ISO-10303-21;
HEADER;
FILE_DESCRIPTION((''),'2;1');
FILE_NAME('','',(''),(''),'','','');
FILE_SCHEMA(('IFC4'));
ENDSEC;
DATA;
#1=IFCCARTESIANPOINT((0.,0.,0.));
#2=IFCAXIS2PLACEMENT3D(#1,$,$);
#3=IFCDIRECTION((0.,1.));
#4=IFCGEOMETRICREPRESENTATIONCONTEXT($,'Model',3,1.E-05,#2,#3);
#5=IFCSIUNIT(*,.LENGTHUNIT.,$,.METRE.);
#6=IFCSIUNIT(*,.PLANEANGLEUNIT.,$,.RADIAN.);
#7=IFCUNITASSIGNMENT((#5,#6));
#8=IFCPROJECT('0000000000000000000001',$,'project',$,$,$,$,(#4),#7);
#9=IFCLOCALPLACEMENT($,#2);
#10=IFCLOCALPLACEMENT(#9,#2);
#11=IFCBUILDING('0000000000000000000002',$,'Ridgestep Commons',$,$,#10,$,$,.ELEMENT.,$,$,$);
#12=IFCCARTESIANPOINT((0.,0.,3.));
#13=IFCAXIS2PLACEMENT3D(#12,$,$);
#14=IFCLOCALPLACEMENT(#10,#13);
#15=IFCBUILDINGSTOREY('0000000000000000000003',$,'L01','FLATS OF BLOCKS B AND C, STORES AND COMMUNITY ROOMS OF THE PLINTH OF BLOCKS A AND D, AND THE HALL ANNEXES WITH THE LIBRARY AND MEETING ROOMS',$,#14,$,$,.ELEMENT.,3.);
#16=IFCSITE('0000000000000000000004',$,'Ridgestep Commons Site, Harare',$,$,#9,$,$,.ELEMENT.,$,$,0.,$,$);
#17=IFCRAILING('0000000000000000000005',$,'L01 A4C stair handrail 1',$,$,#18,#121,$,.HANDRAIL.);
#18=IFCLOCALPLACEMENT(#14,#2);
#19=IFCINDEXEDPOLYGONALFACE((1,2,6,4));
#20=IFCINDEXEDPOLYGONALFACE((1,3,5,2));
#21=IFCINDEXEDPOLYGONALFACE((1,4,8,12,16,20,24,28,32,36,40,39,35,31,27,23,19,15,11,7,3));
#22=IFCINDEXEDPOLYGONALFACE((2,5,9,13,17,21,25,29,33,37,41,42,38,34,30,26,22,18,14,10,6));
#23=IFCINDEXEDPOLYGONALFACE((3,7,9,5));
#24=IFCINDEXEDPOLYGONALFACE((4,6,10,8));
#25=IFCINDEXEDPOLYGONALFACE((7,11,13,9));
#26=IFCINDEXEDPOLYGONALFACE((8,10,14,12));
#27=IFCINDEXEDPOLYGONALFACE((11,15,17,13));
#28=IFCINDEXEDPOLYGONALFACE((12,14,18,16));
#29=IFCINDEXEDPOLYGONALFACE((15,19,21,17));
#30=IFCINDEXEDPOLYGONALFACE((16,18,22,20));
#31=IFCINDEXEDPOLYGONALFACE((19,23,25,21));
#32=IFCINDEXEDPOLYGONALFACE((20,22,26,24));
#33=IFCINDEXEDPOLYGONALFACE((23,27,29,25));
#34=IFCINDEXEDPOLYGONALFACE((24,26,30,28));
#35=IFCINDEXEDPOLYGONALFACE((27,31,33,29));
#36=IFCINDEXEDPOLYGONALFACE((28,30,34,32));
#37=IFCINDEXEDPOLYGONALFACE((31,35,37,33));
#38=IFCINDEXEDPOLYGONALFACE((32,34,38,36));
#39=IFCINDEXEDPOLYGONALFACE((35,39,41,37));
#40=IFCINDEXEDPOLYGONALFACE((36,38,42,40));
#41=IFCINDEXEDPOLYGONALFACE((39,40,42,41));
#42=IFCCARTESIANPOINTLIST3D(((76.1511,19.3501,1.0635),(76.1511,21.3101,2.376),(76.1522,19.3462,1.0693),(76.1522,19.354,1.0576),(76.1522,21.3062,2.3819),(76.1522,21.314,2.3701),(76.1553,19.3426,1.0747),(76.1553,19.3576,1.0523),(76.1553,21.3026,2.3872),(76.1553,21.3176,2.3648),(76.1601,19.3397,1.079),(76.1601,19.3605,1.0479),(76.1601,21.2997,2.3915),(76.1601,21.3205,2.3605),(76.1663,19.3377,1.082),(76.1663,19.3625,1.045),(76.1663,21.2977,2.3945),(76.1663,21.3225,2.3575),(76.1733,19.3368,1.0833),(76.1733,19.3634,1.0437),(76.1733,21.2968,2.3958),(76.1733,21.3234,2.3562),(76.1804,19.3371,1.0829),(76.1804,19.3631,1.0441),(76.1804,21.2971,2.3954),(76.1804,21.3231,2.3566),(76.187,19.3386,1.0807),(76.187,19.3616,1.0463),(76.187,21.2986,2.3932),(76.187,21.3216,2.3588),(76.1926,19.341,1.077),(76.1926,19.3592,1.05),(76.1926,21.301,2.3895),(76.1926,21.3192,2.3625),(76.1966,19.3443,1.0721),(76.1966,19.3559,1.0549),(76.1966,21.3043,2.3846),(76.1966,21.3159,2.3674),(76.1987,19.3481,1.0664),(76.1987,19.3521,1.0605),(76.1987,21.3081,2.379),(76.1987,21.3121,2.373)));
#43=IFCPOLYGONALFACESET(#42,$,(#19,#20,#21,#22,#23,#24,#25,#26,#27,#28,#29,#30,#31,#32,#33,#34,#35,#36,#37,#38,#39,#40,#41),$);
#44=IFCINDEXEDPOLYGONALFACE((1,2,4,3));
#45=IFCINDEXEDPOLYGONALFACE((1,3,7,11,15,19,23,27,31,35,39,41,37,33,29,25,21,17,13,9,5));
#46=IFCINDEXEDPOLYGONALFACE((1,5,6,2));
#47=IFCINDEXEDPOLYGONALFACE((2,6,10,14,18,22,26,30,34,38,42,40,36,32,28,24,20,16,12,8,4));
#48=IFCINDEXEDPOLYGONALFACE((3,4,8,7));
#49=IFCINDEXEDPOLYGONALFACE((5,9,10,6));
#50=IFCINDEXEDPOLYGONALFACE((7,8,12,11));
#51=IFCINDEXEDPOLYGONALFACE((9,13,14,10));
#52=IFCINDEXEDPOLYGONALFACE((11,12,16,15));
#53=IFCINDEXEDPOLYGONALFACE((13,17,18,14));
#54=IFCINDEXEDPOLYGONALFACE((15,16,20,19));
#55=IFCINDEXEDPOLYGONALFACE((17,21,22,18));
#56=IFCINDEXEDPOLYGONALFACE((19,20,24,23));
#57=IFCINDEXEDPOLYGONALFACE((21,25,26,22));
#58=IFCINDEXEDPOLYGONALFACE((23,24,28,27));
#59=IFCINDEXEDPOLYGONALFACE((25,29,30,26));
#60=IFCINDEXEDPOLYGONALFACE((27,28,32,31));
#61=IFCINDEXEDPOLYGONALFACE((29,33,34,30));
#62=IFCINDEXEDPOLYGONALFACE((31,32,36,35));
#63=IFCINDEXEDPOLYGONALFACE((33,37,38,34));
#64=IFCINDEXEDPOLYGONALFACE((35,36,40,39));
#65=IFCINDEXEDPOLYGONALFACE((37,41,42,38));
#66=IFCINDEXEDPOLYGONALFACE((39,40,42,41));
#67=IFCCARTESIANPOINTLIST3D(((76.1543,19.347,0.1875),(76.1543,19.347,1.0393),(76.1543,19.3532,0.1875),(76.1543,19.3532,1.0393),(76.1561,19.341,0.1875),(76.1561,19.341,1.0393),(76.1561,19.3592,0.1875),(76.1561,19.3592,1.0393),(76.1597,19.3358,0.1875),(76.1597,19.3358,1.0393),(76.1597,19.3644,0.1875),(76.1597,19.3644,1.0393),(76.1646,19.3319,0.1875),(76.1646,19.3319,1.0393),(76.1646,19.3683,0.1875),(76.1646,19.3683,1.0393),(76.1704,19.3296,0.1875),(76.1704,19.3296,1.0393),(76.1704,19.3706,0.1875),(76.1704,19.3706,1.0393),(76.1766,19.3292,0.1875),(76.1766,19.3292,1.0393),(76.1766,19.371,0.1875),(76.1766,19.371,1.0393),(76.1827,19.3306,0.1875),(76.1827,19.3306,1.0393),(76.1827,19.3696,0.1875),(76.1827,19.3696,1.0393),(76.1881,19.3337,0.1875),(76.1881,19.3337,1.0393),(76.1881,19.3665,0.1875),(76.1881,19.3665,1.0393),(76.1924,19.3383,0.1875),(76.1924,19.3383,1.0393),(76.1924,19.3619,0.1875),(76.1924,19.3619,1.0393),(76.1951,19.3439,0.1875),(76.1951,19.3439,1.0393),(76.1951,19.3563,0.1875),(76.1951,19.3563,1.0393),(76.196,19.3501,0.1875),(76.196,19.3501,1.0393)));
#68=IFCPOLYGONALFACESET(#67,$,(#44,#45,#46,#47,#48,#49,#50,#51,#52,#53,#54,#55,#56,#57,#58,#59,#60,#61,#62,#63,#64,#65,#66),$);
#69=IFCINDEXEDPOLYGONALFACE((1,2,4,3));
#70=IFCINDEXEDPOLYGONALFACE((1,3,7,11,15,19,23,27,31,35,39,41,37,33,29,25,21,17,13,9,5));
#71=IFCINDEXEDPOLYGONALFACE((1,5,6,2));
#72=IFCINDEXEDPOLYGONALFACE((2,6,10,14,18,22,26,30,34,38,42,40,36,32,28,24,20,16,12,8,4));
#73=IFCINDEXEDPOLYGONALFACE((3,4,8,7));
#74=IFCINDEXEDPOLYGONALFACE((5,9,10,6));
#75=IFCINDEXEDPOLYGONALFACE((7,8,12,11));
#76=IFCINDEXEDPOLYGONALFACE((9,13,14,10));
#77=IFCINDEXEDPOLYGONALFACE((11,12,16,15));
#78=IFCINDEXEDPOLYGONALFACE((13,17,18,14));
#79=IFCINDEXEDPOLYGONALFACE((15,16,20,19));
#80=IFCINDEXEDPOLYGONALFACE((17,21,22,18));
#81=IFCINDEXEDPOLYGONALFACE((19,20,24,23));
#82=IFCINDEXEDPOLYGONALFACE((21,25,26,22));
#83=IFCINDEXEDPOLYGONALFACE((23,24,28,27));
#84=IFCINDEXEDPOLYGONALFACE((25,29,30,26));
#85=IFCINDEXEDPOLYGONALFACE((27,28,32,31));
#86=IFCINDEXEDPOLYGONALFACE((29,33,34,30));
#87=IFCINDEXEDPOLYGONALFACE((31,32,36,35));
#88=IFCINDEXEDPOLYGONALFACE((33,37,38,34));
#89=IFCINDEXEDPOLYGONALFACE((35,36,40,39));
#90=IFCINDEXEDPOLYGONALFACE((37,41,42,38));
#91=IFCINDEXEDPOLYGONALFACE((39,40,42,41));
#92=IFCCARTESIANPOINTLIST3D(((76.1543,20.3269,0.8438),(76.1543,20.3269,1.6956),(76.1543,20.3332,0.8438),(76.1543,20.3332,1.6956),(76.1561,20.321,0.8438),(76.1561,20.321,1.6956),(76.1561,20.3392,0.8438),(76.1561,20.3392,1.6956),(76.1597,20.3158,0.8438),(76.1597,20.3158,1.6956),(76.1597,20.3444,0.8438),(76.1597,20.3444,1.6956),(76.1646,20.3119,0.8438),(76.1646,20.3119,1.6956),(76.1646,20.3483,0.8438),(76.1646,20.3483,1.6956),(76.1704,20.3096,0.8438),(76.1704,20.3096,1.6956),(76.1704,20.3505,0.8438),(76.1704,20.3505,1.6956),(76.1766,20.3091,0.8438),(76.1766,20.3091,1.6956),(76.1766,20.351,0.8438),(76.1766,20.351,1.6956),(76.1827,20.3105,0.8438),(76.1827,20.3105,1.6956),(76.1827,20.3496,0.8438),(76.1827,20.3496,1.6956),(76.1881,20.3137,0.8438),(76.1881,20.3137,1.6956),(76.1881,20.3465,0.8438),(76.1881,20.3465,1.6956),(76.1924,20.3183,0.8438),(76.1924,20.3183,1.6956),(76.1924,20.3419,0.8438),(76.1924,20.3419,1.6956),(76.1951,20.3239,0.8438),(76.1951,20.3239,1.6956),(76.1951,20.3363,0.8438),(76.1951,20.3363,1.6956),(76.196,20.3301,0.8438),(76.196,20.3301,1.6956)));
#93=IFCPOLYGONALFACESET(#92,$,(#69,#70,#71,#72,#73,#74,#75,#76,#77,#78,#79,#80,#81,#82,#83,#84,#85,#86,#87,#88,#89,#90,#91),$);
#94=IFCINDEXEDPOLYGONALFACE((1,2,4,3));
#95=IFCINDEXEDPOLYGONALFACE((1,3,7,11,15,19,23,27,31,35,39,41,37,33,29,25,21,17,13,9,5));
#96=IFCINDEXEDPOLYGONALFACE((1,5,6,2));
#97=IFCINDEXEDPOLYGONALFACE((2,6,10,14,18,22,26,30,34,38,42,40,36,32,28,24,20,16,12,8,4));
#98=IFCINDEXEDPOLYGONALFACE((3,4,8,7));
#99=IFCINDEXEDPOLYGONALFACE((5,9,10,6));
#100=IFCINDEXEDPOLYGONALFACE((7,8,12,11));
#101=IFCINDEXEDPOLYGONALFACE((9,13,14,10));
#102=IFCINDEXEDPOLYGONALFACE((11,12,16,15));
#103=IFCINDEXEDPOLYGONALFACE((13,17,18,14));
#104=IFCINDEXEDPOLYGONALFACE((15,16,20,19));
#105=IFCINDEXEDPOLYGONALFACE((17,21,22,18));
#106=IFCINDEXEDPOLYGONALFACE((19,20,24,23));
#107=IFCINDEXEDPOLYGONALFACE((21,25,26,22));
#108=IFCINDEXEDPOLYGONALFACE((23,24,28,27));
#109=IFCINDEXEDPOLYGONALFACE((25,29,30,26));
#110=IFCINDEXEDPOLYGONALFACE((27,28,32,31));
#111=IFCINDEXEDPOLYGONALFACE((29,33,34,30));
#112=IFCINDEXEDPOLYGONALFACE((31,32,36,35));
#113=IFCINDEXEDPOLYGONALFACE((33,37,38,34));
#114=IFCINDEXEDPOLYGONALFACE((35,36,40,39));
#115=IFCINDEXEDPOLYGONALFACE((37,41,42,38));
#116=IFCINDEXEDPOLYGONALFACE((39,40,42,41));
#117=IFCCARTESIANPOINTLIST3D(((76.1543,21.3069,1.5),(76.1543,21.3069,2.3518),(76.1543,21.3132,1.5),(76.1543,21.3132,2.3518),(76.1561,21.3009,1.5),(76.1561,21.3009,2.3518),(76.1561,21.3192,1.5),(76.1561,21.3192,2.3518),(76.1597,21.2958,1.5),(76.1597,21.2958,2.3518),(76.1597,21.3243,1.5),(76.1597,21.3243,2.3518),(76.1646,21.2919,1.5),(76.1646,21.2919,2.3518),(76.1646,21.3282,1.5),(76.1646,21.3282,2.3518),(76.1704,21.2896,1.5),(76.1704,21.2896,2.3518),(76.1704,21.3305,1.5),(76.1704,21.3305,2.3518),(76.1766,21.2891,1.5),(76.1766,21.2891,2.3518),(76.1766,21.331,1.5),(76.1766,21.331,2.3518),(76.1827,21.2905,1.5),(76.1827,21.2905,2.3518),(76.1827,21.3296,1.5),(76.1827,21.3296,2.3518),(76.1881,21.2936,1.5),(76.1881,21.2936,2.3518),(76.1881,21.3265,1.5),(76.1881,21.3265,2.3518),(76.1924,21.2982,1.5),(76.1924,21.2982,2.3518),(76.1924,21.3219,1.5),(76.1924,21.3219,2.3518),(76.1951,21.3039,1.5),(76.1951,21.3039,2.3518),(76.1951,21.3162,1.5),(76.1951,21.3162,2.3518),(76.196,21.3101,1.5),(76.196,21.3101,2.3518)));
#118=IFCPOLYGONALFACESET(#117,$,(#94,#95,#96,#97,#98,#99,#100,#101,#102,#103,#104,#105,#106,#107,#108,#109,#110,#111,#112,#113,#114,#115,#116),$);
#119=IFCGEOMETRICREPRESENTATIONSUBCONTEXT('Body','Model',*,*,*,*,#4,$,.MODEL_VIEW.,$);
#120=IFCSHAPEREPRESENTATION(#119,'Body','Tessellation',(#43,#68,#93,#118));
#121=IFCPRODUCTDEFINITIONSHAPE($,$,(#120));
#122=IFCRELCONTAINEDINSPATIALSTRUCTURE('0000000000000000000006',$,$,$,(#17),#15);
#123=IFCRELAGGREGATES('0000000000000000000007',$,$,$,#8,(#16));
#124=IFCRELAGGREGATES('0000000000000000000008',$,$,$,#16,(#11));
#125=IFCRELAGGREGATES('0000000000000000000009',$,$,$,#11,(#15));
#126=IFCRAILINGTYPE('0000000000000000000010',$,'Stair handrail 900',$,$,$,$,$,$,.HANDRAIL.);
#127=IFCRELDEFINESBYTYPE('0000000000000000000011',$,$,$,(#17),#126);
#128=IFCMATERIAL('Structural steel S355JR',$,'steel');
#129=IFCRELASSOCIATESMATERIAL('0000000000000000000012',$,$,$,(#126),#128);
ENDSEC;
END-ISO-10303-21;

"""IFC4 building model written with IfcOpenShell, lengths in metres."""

from ifc_helpers import new_model, si_unit, direction, frame, origin, origin_2d, place, context, subcontext, project, spatial, circle, extrude, material, type_object, element, save


model = new_model("IFC4")

# Units and contexts
model_context = context("Model", 3, precision=1e-05, world=origin(), true_north=direction((0.0, 1.0)))
body_context = subcontext(model_context, "Body", "Model", "MODEL_VIEW")
ifc_project = project(units=[si_unit("LENGTHUNIT", "METRE"), si_unit("PLANEANGLEUNIT", "RADIAN")], contexts=[model_context])

# Site, building, storey
site_placement = place(None, origin())
site = spatial("IfcSite", under=ifc_project, at=site_placement, Name="Ridgestep Commons Site, Harare", CompositionType="ELEMENT", RefElevation=0.0)
building_placement = place(site_placement, origin())
building = spatial("IfcBuilding", under=site, at=building_placement, Name="Ridgestep Commons", CompositionType="ELEMENT")
storey_placement = place(building_placement, frame((0.0, 0.0, 3.0)))
storey = spatial("IfcBuildingStorey", under=building, at=storey_placement, Name="L01", Description="FLATS OF BLOCKS B AND C, STORES AND COMMUNITY ROOMS OF THE PLINTH OF BLOCKS A AND D, AND THE HALL ANNEXES WITH THE LIBRARY AND MEETING ROOMS", CompositionType="ELEMENT", Elevation=3.0)

# Railing
ifc_material_1 = material(Name="Structural steel S355JR", Category="steel")
railing_type_1 = type_object("IfcRailingType", Name="Stair handrail 900", PredefinedType="HANDRAIL", material=ifc_material_1)
railing_1_placement = place(storey_placement, frame((76.175, 19.3501, 0.1875)))
element("IfcRailing", 1, at=railing_1_placement, inside=storey, type_object=railing_type_1, Name="L01 A4C stair handrail 1", PredefinedType="HANDRAIL", context=body_context, shape_type="SweptSolid", body=[
    extrude(circle(Radius=0.0239, at=origin_2d()), frame((0.0, 0.0, 0.876), z_axis=(0.0, 0.830902, 0.556419), x_axis=(-1.0, 0.0, 0.0)), (0.0, 0.0, 1.0), 2.3589),
    extrude(circle(Radius=0.021, at=origin_2d()), origin(), (0.0, 0.0, 1.0), 0.8518),
    extrude(circle(Radius=0.021, at=origin_2d()), frame((0.0, 0.98, 0.6562)), (0.0, 0.0, 1.0), 0.8518),
    extrude(circle(Radius=0.021, at=origin_2d()), frame((0.0, 1.96, 1.3125)), (0.0, 0.0, 1.0), 0.8518),
])

save(model, "model.ifc")
